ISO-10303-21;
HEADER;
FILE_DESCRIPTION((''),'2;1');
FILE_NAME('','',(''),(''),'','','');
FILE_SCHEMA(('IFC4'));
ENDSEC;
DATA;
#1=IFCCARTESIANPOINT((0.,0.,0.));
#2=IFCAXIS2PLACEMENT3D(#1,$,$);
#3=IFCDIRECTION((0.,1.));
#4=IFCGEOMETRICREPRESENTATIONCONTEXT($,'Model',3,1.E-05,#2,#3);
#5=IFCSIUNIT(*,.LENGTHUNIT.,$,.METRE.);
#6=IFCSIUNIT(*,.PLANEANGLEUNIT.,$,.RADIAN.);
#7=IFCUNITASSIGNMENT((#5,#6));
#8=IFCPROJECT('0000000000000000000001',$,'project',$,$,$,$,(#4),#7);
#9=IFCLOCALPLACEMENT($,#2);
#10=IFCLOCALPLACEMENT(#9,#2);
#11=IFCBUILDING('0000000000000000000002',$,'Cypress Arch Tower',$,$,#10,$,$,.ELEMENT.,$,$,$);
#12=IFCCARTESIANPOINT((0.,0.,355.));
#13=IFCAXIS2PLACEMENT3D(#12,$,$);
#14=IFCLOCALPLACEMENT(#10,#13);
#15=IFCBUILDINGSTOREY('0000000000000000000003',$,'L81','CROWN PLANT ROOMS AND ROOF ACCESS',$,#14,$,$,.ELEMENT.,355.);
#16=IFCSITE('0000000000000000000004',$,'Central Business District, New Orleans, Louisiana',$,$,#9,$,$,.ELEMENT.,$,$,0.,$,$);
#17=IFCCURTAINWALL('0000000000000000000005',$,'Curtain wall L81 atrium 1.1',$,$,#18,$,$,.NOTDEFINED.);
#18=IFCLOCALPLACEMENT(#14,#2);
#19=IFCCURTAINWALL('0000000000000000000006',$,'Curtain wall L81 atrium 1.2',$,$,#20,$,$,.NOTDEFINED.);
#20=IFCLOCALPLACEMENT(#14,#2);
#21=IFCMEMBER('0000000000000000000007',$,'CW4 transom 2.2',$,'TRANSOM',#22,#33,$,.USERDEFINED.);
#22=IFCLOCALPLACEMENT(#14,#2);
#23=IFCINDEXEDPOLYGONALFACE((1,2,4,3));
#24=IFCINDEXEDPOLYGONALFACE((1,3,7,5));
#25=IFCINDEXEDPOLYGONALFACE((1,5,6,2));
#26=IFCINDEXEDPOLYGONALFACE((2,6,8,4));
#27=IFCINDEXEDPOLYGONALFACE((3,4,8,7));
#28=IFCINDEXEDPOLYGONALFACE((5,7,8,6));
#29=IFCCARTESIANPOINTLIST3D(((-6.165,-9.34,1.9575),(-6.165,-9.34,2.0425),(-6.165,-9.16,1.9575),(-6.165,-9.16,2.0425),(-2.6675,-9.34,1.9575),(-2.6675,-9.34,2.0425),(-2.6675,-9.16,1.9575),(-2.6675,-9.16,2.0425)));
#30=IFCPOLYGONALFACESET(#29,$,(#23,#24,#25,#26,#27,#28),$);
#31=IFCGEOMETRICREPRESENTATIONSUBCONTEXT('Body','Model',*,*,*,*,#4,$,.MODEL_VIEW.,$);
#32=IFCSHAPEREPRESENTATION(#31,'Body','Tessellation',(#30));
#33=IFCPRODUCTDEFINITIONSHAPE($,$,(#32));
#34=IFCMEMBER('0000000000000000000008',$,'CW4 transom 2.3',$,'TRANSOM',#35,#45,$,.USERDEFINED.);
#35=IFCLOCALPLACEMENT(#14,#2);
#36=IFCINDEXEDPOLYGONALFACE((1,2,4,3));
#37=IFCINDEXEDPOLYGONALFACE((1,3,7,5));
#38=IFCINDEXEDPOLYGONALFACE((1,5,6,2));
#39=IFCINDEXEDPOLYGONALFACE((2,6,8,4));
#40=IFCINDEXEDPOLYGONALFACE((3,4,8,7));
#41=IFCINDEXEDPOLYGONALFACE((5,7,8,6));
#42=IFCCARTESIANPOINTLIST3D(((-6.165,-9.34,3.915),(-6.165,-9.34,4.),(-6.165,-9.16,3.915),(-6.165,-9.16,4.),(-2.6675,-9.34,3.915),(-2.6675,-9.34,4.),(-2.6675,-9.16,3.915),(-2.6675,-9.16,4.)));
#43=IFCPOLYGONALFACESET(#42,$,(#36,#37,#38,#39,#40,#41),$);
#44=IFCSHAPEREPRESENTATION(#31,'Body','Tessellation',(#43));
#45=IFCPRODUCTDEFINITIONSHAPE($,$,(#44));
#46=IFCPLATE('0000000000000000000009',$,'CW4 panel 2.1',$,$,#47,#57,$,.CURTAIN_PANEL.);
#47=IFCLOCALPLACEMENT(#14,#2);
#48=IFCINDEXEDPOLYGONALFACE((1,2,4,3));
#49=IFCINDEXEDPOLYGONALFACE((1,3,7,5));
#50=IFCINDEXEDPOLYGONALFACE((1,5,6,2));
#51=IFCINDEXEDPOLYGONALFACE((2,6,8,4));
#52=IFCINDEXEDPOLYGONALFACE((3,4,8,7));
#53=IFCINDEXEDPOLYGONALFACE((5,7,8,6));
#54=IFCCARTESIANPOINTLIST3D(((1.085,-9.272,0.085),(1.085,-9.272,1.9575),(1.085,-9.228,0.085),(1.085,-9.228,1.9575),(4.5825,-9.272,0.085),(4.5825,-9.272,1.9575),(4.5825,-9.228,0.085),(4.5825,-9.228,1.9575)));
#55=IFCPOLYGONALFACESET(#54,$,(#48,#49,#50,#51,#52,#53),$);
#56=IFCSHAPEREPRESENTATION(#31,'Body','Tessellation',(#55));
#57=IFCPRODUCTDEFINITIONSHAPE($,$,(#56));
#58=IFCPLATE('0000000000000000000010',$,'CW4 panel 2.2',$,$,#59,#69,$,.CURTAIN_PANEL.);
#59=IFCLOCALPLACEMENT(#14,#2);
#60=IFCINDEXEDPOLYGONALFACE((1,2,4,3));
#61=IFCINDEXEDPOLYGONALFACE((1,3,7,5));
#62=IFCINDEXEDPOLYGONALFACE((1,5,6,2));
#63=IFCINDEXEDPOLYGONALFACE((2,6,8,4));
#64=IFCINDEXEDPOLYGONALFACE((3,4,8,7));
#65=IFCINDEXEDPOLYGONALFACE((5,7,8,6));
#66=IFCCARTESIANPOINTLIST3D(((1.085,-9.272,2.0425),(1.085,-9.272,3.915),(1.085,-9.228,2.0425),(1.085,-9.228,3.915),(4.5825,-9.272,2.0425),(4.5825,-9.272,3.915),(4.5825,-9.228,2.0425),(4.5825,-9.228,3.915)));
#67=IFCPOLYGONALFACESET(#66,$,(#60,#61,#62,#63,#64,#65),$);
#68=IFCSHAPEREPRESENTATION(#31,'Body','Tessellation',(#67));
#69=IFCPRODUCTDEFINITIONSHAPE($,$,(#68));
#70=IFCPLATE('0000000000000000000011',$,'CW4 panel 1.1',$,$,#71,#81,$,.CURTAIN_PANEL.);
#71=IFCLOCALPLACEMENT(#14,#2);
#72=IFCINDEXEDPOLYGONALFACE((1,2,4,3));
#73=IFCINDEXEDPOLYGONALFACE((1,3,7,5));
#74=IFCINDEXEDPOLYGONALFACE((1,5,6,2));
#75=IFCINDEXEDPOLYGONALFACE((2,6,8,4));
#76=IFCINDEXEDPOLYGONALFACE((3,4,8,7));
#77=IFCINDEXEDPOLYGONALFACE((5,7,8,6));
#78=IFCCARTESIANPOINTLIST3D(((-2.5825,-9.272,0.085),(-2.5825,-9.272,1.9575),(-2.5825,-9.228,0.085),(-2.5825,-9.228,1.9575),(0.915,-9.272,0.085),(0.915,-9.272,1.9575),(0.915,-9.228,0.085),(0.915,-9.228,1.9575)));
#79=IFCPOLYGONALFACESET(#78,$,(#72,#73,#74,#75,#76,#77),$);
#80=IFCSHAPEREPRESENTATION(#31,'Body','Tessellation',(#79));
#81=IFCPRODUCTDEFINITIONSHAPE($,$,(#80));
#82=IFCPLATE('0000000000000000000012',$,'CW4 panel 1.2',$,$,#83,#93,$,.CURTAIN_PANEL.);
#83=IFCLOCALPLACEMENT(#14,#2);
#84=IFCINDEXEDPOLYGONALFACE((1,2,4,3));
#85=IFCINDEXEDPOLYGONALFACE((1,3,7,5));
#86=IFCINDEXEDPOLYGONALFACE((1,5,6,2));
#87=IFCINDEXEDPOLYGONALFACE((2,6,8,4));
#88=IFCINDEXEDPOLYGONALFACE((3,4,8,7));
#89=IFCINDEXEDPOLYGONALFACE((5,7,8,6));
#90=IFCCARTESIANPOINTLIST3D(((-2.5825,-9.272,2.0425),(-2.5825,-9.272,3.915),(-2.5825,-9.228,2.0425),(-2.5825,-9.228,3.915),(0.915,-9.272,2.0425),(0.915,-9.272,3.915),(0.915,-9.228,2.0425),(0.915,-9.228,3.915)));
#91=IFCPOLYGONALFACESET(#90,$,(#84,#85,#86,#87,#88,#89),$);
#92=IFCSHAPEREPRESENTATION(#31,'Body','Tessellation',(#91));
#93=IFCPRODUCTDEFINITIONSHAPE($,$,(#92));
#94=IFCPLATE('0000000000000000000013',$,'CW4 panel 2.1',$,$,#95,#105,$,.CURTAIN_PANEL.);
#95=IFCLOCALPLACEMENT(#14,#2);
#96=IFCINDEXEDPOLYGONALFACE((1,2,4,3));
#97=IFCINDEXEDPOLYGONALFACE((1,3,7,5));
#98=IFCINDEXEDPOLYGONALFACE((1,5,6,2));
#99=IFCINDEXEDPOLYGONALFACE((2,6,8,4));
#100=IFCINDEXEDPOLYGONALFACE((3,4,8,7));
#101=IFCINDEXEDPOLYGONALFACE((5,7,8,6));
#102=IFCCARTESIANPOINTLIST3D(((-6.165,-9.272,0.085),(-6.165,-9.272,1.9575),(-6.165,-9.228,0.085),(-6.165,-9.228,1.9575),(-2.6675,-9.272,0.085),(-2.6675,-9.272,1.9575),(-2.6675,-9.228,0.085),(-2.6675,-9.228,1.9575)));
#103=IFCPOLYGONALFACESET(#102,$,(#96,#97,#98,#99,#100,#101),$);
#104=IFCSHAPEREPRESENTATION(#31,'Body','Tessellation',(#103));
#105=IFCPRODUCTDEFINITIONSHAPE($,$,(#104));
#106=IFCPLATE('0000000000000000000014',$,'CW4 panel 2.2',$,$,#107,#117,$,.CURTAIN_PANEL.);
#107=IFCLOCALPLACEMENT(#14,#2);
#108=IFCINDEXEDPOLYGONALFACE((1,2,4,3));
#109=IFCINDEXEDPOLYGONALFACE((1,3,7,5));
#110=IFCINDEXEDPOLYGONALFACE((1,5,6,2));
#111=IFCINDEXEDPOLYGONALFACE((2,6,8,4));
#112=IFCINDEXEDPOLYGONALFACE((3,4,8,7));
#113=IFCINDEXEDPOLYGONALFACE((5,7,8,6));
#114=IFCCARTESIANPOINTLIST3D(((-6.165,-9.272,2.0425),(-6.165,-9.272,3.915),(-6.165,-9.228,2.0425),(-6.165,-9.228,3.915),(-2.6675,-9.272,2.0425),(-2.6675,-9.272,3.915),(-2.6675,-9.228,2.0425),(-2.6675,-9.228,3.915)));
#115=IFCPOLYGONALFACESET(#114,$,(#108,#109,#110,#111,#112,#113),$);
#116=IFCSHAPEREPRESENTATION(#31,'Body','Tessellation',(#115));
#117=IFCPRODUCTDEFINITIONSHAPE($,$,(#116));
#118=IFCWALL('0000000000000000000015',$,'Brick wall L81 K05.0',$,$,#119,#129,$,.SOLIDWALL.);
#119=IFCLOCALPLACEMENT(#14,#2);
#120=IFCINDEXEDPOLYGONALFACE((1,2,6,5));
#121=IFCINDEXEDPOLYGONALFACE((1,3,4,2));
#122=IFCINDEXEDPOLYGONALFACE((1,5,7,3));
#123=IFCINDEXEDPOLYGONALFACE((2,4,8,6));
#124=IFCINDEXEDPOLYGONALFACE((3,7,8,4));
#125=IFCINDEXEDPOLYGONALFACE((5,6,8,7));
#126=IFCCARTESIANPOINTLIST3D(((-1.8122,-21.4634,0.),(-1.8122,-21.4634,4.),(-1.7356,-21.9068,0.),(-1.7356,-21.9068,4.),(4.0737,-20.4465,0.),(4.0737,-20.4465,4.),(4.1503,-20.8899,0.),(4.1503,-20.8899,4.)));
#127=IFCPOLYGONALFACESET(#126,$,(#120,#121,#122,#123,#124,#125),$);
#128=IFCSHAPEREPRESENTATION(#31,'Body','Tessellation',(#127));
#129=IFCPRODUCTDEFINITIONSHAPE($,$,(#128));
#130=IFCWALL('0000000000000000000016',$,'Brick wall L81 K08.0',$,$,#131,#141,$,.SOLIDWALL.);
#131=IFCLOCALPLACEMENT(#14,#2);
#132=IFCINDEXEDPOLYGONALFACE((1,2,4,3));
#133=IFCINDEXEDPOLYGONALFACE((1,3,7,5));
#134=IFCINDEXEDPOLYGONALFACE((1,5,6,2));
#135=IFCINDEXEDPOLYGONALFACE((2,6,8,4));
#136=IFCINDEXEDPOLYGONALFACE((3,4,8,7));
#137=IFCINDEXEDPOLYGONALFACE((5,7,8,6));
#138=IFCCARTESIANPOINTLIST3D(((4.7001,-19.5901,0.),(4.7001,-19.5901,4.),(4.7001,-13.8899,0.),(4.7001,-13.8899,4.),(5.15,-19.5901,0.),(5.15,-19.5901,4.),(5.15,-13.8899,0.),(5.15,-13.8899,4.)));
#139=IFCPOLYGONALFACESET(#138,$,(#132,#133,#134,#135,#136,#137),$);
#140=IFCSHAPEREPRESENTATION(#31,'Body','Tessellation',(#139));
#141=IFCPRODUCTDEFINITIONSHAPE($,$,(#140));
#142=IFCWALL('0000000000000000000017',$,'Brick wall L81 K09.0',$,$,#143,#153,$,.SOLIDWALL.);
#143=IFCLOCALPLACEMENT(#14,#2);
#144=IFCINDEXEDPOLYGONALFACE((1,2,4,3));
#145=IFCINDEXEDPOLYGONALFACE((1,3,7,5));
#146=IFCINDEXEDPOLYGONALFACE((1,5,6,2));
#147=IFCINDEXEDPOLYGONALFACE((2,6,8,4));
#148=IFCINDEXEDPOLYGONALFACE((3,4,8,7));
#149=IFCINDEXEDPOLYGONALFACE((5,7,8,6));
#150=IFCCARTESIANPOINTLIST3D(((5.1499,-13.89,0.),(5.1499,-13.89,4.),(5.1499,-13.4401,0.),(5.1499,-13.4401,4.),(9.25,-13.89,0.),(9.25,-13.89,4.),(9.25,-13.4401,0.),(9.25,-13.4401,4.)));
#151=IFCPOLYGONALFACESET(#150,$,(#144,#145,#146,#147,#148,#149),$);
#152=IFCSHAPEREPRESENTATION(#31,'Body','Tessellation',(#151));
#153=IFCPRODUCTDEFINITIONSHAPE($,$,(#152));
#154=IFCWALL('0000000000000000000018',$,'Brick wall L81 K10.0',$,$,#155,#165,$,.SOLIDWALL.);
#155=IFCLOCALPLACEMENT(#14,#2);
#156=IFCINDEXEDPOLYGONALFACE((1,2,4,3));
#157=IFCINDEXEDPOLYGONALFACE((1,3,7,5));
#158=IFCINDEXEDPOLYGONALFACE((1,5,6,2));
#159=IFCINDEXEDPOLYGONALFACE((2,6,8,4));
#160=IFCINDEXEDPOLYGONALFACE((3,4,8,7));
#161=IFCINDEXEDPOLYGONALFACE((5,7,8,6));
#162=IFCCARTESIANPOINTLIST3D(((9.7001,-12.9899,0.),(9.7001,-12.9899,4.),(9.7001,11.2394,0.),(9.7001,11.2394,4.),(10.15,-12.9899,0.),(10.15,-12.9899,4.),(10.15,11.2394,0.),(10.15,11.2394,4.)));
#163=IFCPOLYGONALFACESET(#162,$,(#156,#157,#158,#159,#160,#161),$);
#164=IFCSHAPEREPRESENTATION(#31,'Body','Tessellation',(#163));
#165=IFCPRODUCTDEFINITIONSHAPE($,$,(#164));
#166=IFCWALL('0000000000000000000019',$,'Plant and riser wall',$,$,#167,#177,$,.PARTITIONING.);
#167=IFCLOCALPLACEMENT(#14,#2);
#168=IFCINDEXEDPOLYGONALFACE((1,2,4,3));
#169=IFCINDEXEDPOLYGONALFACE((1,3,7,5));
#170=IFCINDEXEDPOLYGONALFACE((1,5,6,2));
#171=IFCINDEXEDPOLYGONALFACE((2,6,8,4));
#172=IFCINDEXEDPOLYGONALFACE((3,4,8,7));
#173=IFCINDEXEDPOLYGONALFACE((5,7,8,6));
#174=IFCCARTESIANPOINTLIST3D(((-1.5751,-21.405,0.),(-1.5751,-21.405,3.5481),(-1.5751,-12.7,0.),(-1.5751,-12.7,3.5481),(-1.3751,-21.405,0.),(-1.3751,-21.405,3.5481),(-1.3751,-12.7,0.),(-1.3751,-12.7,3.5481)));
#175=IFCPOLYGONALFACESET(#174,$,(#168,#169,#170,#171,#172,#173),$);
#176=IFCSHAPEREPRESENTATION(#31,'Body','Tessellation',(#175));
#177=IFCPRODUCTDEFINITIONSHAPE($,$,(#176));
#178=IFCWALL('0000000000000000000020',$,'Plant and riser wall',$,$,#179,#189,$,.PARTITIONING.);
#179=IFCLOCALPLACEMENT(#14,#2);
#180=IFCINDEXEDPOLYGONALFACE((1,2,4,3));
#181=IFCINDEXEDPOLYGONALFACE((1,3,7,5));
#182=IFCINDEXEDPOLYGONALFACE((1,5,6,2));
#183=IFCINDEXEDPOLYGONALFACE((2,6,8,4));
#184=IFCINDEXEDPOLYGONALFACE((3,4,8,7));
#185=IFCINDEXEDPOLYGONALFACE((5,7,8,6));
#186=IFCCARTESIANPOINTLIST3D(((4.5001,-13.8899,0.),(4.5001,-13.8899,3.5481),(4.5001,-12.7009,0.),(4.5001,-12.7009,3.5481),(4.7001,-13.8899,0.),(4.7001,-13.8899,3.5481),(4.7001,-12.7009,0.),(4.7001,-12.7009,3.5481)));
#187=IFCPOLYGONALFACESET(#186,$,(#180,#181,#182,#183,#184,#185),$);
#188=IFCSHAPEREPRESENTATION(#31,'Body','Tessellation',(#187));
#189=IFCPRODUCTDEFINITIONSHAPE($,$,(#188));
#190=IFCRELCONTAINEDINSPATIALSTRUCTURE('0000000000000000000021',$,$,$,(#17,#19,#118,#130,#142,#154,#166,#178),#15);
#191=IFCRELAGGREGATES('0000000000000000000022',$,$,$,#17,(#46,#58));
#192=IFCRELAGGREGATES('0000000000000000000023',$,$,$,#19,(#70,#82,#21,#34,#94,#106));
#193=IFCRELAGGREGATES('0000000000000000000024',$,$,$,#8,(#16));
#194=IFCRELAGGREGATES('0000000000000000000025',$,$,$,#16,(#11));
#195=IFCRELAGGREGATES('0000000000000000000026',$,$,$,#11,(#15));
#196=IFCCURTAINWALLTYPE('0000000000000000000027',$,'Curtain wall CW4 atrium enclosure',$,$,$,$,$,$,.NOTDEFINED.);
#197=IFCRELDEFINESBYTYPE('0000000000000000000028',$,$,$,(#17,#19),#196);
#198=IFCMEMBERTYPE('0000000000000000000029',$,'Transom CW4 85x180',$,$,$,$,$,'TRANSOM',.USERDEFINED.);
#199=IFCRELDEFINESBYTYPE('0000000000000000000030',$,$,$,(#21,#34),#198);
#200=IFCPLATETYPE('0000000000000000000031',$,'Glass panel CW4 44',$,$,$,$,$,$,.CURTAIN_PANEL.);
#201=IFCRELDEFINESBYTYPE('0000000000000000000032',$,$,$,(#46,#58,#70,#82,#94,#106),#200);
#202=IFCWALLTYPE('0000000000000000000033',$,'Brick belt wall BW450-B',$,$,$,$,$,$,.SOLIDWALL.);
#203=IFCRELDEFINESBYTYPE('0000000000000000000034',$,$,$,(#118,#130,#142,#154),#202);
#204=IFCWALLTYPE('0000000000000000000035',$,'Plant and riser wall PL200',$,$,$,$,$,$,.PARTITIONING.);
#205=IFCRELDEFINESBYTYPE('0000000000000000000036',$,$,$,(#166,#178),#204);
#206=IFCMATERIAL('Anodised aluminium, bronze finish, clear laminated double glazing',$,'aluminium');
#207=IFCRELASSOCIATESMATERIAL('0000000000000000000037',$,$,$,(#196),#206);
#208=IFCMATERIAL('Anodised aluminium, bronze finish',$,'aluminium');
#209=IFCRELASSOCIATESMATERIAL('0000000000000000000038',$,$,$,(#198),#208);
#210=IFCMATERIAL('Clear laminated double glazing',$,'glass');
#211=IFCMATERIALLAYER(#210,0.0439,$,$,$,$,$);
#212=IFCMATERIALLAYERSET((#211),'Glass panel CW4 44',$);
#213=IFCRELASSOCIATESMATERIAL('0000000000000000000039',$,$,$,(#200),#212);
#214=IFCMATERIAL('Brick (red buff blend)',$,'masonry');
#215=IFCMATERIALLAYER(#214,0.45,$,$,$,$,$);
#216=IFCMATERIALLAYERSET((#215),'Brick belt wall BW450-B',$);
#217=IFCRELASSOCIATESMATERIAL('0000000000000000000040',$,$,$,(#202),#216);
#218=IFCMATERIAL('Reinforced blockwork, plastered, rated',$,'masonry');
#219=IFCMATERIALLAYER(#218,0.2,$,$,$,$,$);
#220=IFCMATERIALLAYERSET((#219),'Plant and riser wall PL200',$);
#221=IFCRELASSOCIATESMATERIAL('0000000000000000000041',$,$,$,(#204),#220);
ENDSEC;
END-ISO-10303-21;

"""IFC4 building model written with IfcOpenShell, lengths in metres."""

from ifc_helpers import new_model, si_unit, direction, frame, frame_2d, origin, origin_2d, place, context, subcontext, project, spatial, rectangle, extrude, material, layer, layer_set, material_profile, profile_set, type_object, element, aggregate, save


model = new_model("IFC4")

# Units and contexts
model_context = context("Model", 3, precision=1e-05, world=origin(), true_north=direction((0.0, 1.0)))
body_context = subcontext(model_context, "Body", "Model", "MODEL_VIEW")
ifc_project = project(units=[si_unit("LENGTHUNIT", "METRE"), si_unit("PLANEANGLEUNIT", "RADIAN")], contexts=[model_context])

# Site, building, storey
site_placement = place(None, origin())
site = spatial("IfcSite", under=ifc_project, at=site_placement, Name="Central Business District, New Orleans, Louisiana", CompositionType="ELEMENT", RefElevation=0.0)
building_placement = place(site_placement, origin())
building = spatial("IfcBuilding", under=site, at=building_placement, Name="Cypress Arch Tower", CompositionType="ELEMENT")
storey_placement = place(building_placement, frame((0.0, 0.0, 355.0)))
storey = spatial("IfcBuildingStorey", under=building, at=storey_placement, Name="L81", Description="CROWN PLANT ROOMS AND ROOF ACCESS", CompositionType="ELEMENT", Elevation=355.0)

# Curtain wall
ifc_material_1 = material(Name="Anodised aluminium, bronze finish, clear laminated double glazing", Category="aluminium")
curtain_wall_type = type_object("IfcCurtainWallType", Name="Curtain wall CW4 atrium enclosure", PredefinedType="NOTDEFINED", material=ifc_material_1)
curtain_wall_1_placement = place(storey_placement, origin())
curtain_wall_1 = element("IfcCurtainWall", 1, at=curtain_wall_1_placement, inside=storey, type_object=curtain_wall_type, Name="Curtain wall L81 atrium 1.1", PredefinedType="NOTDEFINED")

# Curtain wall
curtain_wall_2_placement = place(storey_placement, origin())
curtain_wall_2 = element("IfcCurtainWall", 2, at=curtain_wall_2_placement, inside=storey, type_object=curtain_wall_type, Name="Curtain wall L81 atrium 1.2", PredefinedType="NOTDEFINED")

# Members
ifc_material_2 = material(Name="Anodised aluminium, bronze finish", Category="aluminium")
ifc_material_profile_1 = material_profile(ifc_material_2, rectangle(XDim=0.1799, YDim=0.085, at=origin_2d()), Name="Transom 85x180")
ifc_profile_set_1 = profile_set([ifc_material_profile_1], Name="Anodised aluminium, bronze finish")
member_type_1 = type_object("IfcMemberType", Name="Transom CW4 85x180", ElementType="TRANSOM", PredefinedType="USERDEFINED", material=ifc_profile_set_1)
member_1_placement = place(storey_placement, frame((-2.6675, -9.25, 2.0), z_axis=(-1.0, 0.0, 0.0), x_axis=(0.0, -1.0, 0.0)))
member_1 = element("IfcMember", 3, at=member_1_placement, type_object=member_type_1, Name="CW4 transom 2.2", ObjectType="TRANSOM", PredefinedType="USERDEFINED", context=body_context, shape_type="SweptSolid", body=[
    extrude(rectangle(XDim=0.1799, YDim=0.085, at=origin_2d()), origin(), (0.0, 0.0, 1.0), 3.4976),
])
member_2_placement = place(storey_placement, frame((-2.6675, -9.25, 3.9575), z_axis=(-1.0, 0.0, 0.0), x_axis=(0.0, -1.0, 0.0)))
member_2 = element("IfcMember", 4, at=member_2_placement, type_object=member_type_1, Name="CW4 transom 2.3", ObjectType="TRANSOM", PredefinedType="USERDEFINED", context=body_context, shape_type="SweptSolid", body=[
    extrude(rectangle(XDim=0.1799, YDim=0.085, at=origin_2d()), origin(), (0.0, 0.0, 1.0), 3.4976),
])

# Plates
ifc_material_3 = material(Name="Clear laminated double glazing", Category="glass")
ifc_layer_1 = layer(ifc_material_3, 0.0439)
ifc_layer_set_1 = layer_set([ifc_layer_1], Name="Glass panel CW4 44")
plate_type = type_object("IfcPlateType", Name="Glass panel CW4 44", PredefinedType="CURTAIN_PANEL", material=ifc_layer_set_1)
plate_1_placement = place(storey_placement, frame((2.8337, -9.25, 0.085), z_axis=(0.0, 0.0, 1.0), x_axis=(-1.0, 0.0, 0.0)))
plate_1 = element("IfcPlate", 5, at=plate_1_placement, type_object=plate_type, Name="CW4 panel 2.1", PredefinedType="CURTAIN_PANEL", context=body_context, shape_type="SweptSolid", body=[
    extrude(rectangle(XDim=3.4976, YDim=0.0439, at=origin_2d()), origin(), (0.0, 0.0, 1.0), 1.8726),
])
plate_2_placement = place(storey_placement, frame((2.8337, -9.25, 2.0425), z_axis=(0.0, 0.0, 1.0), x_axis=(-1.0, 0.0, 0.0)))
plate_2 = element("IfcPlate", 6, at=plate_2_placement, type_object=plate_type, Name="CW4 panel 2.2", PredefinedType="CURTAIN_PANEL", context=body_context, shape_type="SweptSolid", body=[
    extrude(rectangle(XDim=3.4976, YDim=0.0439, at=origin_2d()), origin(), (0.0, 0.0, 1.0), 1.8726),
])
aggregate(curtain_wall_1, [plate_1, plate_2])
plate_3_placement = place(storey_placement, frame((-0.8337, -9.25, 0.085), z_axis=(0.0, 0.0, 1.0), x_axis=(-1.0, 0.0, 0.0)))
plate_3 = element("IfcPlate", 7, at=plate_3_placement, type_object=plate_type, Name="CW4 panel 1.1", PredefinedType="CURTAIN_PANEL", context=body_context, shape_type="SweptSolid", body=[
    extrude(rectangle(XDim=3.4976, YDim=0.0439, at=origin_2d()), origin(), (0.0, 0.0, 1.0), 1.8726),
])
plate_4_placement = place(storey_placement, frame((-0.8337, -9.25, 2.0425), z_axis=(0.0, 0.0, 1.0), x_axis=(-1.0, 0.0, 0.0)))
plate_4 = element("IfcPlate", 8, at=plate_4_placement, type_object=plate_type, Name="CW4 panel 1.2", PredefinedType="CURTAIN_PANEL", context=body_context, shape_type="SweptSolid", body=[
    extrude(rectangle(XDim=3.4976, YDim=0.0439, at=origin_2d()), origin(), (0.0, 0.0, 1.0), 1.8726),
])
plate_5_placement = place(storey_placement, frame((-4.4163, -9.25, 0.085), z_axis=(0.0, 0.0, 1.0), x_axis=(-1.0, 0.0, 0.0)))
plate_5 = element("IfcPlate", 9, at=plate_5_placement, type_object=plate_type, Name="CW4 panel 2.1", PredefinedType="CURTAIN_PANEL", context=body_context, shape_type="SweptSolid", body=[
    extrude(rectangle(XDim=3.4976, YDim=0.0439, at=origin_2d()), origin(), (0.0, 0.0, 1.0), 1.8726),
])
plate_6_placement = place(storey_placement, frame((-4.4163, -9.25, 2.0425), z_axis=(0.0, 0.0, 1.0), x_axis=(-1.0, 0.0, 0.0)))
plate_6 = element("IfcPlate", 10, at=plate_6_placement, type_object=plate_type, Name="CW4 panel 2.2", PredefinedType="CURTAIN_PANEL", context=body_context, shape_type="SweptSolid", body=[
    extrude(rectangle(XDim=3.4976, YDim=0.0439, at=origin_2d()), origin(), (0.0, 0.0, 1.0), 1.8726),
])
aggregate(curtain_wall_2, [plate_3, plate_4, member_1, member_2, plate_5, plate_6])

# Walls
ifc_material_4 = material(Name="Brick (red buff blend)", Category="masonry")
ifc_layer_2 = layer(ifc_material_4, 0.45)
ifc_layer_set_2 = layer_set([ifc_layer_2], Name="Brick belt wall BW450-B")
wall_type_1 = type_object("IfcWallType", Name="Brick belt wall BW450-B", PredefinedType="SOLIDWALL", material=ifc_layer_set_2)
wall_1_placement = place(storey_placement, frame((-1.7739, -21.6851, 0.0), z_axis=(0.0, 0.0, 1.0), x_axis=(0.985403, 0.170235, 0.0)))
element("IfcWall", 11, at=wall_1_placement, inside=storey, type_object=wall_type_1, Name="Brick wall L81 K05.0", PredefinedType="SOLIDWALL", context=body_context, shape_type="SweptSolid", body=[
    extrude(rectangle(XDim=5.9731, YDim=0.45, at=frame_2d((2.9866, 0.0))), origin(), (0.0, 0.0, 1.0), 4.0),
])
wall_2_placement = place(storey_placement, frame((4.925, -19.5901, 0.0), z_axis=(0.0, 0.0, 1.0), x_axis=(0.0, 1.0, 0.0)))
element("IfcWall", 12, at=wall_2_placement, inside=storey, type_object=wall_type_1, Name="Brick wall L81 K08.0", PredefinedType="SOLIDWALL", context=body_context, shape_type="SweptSolid", body=[
    extrude(rectangle(XDim=5.7002, YDim=0.45, at=frame_2d((2.8501, 0.0))), origin(), (0.0, 0.0, 1.0), 4.0),
])
wall_3_placement = place(storey_placement, frame((5.1499, -13.665, 0.0), z_axis=(0.0, 0.0, 1.0), x_axis=(1.0, 0.0, 0.0)))
element("IfcWall", 13, at=wall_3_placement, inside=storey, type_object=wall_type_1, Name="Brick wall L81 K09.0", PredefinedType="SOLIDWALL", context=body_context, shape_type="SweptSolid", body=[
    extrude(rectangle(XDim=4.1001, YDim=0.45, at=frame_2d((2.05, 0.0))), origin(), (0.0, 0.0, 1.0), 4.0),
])
wall_4_placement = place(storey_placement, frame((9.925, -12.99, 0.0), z_axis=(0.0, 0.0, 1.0), x_axis=(0.0, 1.0, 0.0)))
element("IfcWall", 14, at=wall_4_placement, inside=storey, type_object=wall_type_1, Name="Brick wall L81 K10.0", PredefinedType="SOLIDWALL", context=body_context, shape_type="SweptSolid", body=[
    extrude(rectangle(XDim=24.2292, YDim=0.45, at=frame_2d((12.1147, 0.0))), origin(), (0.0, 0.0, 1.0), 4.0),
])
ifc_material_5 = material(Name="Reinforced blockwork, plastered, rated", Category="masonry")
ifc_layer_3 = layer(ifc_material_5, 0.2)
ifc_layer_set_3 = layer_set([ifc_layer_3], Name="Plant and riser wall PL200")
wall_type_2 = type_object("IfcWallType", Name="Plant and riser wall PL200", PredefinedType="PARTITIONING", material=ifc_layer_set_3)
wall_5_placement = place(storey_placement, frame((-1.4751, -21.405, 0.0), z_axis=(0.0, 0.0, 1.0), x_axis=(0.0, 1.0, 0.0)))
element("IfcWall", 15, at=wall_5_placement, inside=storey, type_object=wall_type_2, Name="Plant and riser wall", PredefinedType="PARTITIONING", context=body_context, shape_type="SweptSolid", body=[
    extrude(rectangle(XDim=8.7051, YDim=0.2, at=frame_2d((4.3525, 0.0))), origin(), (0.0, 0.0, 1.0), 3.5481),
])
wall_6_placement = place(storey_placement, frame((4.6001, -13.8899, 0.0), z_axis=(0.0, 0.0, 1.0), x_axis=(0.0, 1.0, 0.0)))
element("IfcWall", 16, at=wall_6_placement, inside=storey, type_object=wall_type_2, Name="Plant and riser wall", PredefinedType="PARTITIONING", context=body_context, shape_type="SweptSolid", body=[
    extrude(rectangle(XDim=1.189, YDim=0.2, at=frame_2d((0.5945, 0.0))), origin(), (0.0, 0.0, 1.0), 3.5481),
])

save(model, "model.ifc")
